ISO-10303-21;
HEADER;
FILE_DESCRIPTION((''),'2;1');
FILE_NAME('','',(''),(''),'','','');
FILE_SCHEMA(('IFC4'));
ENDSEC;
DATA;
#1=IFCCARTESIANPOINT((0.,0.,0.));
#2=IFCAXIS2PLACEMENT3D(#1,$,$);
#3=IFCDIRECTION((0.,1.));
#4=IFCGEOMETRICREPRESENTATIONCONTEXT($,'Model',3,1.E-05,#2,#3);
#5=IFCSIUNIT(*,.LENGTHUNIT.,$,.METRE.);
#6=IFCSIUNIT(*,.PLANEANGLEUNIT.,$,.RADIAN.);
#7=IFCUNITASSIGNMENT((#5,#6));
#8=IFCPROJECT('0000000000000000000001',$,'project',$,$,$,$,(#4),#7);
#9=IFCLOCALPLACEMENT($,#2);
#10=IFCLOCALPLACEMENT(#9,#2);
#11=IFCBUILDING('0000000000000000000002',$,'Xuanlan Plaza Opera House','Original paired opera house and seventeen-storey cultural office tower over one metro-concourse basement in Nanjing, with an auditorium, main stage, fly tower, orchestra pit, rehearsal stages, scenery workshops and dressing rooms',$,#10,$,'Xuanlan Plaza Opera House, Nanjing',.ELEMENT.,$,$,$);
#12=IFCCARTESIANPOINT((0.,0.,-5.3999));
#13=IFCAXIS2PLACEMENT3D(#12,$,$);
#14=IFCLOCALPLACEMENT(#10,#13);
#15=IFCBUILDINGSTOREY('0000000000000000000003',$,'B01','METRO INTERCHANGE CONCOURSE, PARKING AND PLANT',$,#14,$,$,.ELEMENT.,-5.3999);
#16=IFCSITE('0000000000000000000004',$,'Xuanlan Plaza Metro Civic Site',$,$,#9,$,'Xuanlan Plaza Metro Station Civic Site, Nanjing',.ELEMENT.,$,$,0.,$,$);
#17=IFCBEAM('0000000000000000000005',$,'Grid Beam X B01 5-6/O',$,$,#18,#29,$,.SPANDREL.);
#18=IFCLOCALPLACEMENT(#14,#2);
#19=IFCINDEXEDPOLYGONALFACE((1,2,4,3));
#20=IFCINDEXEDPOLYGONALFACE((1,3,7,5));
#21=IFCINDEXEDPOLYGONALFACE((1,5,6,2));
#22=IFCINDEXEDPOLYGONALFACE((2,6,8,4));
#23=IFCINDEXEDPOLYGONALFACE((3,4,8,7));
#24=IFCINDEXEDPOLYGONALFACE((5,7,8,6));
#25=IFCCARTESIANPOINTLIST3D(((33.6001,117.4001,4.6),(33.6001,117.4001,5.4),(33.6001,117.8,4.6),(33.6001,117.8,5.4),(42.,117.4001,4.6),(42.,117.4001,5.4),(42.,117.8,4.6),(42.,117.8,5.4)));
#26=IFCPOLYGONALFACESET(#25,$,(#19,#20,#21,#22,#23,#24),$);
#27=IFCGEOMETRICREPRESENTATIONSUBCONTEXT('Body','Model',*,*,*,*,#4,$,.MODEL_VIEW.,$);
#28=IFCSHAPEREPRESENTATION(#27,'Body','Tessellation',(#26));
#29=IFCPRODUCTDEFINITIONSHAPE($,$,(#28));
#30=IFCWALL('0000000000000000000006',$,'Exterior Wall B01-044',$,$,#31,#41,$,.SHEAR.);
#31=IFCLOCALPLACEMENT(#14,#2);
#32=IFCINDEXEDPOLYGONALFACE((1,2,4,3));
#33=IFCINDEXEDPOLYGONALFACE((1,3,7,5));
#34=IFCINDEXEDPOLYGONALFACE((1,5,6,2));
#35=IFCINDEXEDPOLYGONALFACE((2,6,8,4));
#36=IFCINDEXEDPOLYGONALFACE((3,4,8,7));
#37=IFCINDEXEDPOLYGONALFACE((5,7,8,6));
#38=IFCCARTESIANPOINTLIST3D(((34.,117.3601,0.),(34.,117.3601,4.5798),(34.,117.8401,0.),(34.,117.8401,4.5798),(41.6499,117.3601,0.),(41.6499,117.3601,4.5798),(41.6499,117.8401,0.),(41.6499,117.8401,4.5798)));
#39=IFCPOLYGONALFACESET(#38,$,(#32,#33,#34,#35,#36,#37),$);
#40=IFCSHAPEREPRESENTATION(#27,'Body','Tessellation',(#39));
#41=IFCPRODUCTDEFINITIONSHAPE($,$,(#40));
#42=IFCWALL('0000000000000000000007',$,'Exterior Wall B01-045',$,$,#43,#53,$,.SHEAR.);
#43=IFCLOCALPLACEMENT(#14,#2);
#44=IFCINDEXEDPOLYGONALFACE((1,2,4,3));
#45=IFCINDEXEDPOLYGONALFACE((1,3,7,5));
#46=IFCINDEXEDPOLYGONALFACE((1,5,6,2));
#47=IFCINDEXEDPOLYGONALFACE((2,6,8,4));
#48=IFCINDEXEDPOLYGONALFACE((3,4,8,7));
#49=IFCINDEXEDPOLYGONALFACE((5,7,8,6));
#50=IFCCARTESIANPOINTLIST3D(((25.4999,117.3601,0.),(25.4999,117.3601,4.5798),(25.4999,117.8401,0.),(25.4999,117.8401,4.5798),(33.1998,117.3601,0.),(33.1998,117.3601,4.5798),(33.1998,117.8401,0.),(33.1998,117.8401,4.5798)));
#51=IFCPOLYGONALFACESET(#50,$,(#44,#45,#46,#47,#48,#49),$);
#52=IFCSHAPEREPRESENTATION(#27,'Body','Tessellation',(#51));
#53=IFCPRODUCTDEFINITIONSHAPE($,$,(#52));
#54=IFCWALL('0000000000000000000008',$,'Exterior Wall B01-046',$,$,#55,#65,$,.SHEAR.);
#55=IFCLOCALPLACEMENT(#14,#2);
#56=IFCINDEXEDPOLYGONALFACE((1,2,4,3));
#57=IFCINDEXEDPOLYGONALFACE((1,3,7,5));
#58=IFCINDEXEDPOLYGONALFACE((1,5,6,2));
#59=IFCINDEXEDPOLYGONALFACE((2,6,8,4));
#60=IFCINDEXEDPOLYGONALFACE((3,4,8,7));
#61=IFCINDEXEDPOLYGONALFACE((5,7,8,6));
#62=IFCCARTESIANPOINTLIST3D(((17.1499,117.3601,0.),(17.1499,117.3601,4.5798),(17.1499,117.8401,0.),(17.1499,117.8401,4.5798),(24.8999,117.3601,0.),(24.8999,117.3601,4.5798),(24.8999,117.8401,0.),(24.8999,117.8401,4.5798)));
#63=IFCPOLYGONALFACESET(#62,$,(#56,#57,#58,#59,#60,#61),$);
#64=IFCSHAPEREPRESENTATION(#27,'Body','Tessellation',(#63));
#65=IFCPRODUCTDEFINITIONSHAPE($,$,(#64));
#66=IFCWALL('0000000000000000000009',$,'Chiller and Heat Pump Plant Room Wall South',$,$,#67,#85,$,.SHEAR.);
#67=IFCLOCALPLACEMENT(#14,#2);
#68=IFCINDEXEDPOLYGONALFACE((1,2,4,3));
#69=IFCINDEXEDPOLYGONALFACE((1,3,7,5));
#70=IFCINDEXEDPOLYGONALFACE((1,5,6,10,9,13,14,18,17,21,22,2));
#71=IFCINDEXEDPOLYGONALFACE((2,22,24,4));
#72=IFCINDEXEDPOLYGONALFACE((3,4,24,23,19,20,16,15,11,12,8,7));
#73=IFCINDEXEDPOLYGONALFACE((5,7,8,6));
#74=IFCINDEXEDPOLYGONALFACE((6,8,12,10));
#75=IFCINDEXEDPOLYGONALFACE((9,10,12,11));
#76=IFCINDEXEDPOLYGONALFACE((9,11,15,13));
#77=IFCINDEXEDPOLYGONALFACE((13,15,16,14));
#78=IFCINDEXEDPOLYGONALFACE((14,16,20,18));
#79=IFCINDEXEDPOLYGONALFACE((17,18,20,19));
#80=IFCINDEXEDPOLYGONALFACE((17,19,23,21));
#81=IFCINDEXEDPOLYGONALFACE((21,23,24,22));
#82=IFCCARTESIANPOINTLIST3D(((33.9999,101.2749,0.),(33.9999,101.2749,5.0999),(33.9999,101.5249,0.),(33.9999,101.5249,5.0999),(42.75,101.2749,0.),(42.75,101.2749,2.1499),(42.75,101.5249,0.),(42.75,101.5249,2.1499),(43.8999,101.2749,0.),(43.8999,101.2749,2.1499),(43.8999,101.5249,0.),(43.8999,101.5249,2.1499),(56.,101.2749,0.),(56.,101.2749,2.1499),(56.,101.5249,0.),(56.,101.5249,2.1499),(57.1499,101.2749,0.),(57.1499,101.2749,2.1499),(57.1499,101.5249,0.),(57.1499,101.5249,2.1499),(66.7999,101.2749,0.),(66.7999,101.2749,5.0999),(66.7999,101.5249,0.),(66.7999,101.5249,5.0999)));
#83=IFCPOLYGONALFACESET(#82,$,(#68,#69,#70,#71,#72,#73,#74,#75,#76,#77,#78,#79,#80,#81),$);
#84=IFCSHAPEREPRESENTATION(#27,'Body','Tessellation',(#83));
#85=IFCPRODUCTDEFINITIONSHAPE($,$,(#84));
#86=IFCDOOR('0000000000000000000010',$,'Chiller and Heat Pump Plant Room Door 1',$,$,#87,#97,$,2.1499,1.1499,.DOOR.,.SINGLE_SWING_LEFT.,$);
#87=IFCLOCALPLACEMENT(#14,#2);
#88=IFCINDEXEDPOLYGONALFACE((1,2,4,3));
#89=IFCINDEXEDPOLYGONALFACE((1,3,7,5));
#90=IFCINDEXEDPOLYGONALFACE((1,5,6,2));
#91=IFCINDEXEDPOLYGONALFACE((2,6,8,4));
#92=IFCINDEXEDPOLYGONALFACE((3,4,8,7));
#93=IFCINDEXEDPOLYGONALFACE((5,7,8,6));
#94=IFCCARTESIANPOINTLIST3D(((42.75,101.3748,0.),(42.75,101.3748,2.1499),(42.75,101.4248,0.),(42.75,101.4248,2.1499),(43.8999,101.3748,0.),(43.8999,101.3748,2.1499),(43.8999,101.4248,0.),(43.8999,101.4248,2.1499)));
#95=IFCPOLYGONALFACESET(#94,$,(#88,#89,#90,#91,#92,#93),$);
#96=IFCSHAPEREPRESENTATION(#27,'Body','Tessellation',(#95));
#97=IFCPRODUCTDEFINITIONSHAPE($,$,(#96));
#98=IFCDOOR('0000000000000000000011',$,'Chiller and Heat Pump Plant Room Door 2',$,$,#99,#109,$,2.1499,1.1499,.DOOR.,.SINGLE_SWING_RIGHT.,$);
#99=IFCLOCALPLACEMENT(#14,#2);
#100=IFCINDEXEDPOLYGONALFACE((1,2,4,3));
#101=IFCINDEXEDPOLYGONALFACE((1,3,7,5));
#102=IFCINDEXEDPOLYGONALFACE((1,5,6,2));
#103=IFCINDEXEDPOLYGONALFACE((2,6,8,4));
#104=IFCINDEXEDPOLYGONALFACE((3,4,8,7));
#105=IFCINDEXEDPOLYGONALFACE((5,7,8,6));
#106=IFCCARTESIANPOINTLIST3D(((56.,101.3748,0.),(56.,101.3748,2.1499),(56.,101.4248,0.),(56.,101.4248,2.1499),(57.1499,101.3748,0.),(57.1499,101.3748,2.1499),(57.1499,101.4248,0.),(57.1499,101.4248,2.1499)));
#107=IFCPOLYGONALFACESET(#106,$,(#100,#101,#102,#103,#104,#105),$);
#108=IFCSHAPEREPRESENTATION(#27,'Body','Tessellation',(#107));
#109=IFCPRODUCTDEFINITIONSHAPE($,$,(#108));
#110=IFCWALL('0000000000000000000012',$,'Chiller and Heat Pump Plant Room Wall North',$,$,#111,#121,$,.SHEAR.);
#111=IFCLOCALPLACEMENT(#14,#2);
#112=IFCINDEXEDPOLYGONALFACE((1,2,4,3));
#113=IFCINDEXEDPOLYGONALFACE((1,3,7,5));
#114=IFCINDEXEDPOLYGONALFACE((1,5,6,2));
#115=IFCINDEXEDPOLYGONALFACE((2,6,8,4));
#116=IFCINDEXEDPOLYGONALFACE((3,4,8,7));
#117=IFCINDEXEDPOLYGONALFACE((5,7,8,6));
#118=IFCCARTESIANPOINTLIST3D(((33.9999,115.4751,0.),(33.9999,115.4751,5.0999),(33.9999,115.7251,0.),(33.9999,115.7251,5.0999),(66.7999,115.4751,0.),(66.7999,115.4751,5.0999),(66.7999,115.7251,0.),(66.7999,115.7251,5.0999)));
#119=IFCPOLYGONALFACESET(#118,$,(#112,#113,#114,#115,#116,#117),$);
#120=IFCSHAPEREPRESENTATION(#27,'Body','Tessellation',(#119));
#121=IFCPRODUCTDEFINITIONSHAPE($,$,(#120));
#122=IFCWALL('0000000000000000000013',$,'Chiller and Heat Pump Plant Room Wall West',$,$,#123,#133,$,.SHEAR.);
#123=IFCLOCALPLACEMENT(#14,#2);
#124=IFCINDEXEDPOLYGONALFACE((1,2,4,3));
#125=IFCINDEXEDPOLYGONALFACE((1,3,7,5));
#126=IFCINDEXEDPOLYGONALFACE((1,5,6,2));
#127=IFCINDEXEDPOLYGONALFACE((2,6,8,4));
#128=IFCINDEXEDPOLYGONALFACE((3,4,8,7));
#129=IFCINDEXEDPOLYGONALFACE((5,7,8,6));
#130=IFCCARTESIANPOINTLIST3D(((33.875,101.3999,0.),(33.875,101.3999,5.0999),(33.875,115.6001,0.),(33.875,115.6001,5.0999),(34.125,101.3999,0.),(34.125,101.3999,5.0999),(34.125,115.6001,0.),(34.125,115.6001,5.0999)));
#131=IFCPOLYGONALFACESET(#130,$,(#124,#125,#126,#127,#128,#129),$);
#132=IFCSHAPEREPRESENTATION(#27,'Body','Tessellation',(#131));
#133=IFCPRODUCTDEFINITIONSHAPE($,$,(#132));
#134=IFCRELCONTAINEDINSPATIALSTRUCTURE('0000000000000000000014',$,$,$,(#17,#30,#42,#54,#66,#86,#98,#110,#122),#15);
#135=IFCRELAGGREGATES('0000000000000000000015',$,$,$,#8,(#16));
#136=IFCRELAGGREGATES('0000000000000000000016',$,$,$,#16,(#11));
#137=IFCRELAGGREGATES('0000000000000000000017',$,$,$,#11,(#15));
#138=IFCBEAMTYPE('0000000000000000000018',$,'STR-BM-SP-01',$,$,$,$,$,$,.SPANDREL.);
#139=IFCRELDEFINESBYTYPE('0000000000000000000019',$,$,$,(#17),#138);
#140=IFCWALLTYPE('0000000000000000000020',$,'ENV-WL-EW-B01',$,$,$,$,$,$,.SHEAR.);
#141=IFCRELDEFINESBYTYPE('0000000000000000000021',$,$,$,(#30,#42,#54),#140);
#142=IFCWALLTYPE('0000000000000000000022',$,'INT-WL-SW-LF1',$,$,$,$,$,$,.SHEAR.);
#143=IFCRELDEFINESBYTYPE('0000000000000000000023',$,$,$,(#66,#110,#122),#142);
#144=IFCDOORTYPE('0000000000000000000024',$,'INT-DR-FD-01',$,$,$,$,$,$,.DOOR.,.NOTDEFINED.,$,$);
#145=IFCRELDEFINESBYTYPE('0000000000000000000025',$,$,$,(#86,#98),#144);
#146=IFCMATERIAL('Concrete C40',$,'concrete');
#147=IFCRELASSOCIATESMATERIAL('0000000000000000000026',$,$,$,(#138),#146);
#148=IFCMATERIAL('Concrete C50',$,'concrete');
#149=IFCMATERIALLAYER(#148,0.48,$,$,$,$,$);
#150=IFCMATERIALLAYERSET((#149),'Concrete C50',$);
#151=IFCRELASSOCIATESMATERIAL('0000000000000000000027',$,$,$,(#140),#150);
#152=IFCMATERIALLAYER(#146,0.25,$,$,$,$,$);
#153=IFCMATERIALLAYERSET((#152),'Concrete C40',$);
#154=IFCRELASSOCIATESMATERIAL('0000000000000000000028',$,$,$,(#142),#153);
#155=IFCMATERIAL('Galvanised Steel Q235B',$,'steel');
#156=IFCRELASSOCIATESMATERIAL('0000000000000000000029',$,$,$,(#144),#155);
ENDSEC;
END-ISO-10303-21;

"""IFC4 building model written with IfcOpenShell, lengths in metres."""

from ifc_helpers import new_model, si_unit, direction, frame, frame_2d, origin, origin_2d, place, context, subcontext, project, spatial, rectangle, extrude, material, layer, layer_set, material_profile, profile_set, type_object, element, fill, save


model = new_model("IFC4")

# Units and contexts
model_context = context("Model", 3, precision=1e-05, world=origin(), true_north=direction((0.0, 1.0)))
body_context = subcontext(model_context, "Body", "Model", "MODEL_VIEW")
ifc_project = project(units=[si_unit("LENGTHUNIT", "METRE"), si_unit("PLANEANGLEUNIT", "RADIAN")], contexts=[model_context])

# Site, building, storey
site_placement = place(None, origin())
site = spatial("IfcSite", under=ifc_project, at=site_placement, Name="Xuanlan Plaza Metro Civic Site", LongName="Xuanlan Plaza Metro Station Civic Site, Nanjing", CompositionType="ELEMENT", RefElevation=0.0)
building_placement = place(site_placement, origin())
building = spatial("IfcBuilding", under=site, at=building_placement, Name="Xuanlan Plaza Opera House", Description="Original paired opera house and seventeen-storey cultural office tower over one metro-concourse basement in Nanjing, with an auditorium, main stage, fly tower, orchestra pit, rehearsal stages, scenery workshops and dressing rooms", LongName="Xuanlan Plaza Opera House, Nanjing", CompositionType="ELEMENT")
storey_placement = place(building_placement, frame((0.0, 0.0, -5.3999)))
storey = spatial("IfcBuildingStorey", under=building, at=storey_placement, Name="B01", Description="METRO INTERCHANGE CONCOURSE, PARKING AND PLANT", CompositionType="ELEMENT", Elevation=-5.3999)

# Shared definitions
ifc_material_1 = material(Name="Concrete C50", Category="concrete")
ifc_material_2 = material(Name="Concrete C40", Category="concrete")

# Beam
ifc_material_profile_1 = material_profile(ifc_material_2, rectangle(XDim=0.3999, YDim=0.8, at=origin_2d()), Name="RC-SPD 400x800")
ifc_profile_set_1 = profile_set([ifc_material_profile_1], Name="Concrete C40")
beam_type_1 = type_object("IfcBeamType", Name="STR-BM-SP-01", PredefinedType="SPANDREL", material=ifc_profile_set_1)
beam_1_placement = place(storey_placement, frame((33.6001, 117.6001, 5.0), z_axis=(1.0, 0.0, 0.0), x_axis=(0.0, 1.0, 0.0)))
element("IfcBeam", 1, at=beam_1_placement, inside=storey, type_object=beam_type_1, Name="Grid Beam X B01 5-6/O", PredefinedType="SPANDREL", context=body_context, shape_type="SweptSolid", body=[
    extrude(rectangle(XDim=0.3999, YDim=0.8, at=origin_2d()), origin(), (0.0, 0.0, 1.0), 8.3999),
])

# Walls
ifc_layer_1 = layer(ifc_material_1, 0.48)
ifc_layer_set_1 = layer_set([ifc_layer_1], Name="Concrete C50")
wall_type_1 = type_object("IfcWallType", Name="ENV-WL-EW-B01", PredefinedType="SHEAR", material=ifc_layer_set_1)
wall_1_placement = place(storey_placement, frame((41.6499, 117.6001, 0.0), z_axis=(0.0, 0.0, 1.0), x_axis=(-1.0, 0.0, 0.0)))
element("IfcWall", 2, at=wall_1_placement, inside=storey, type_object=wall_type_1, Name="Exterior Wall B01-044", PredefinedType="SHEAR", context=body_context, shape_type="SweptSolid", body=[
    extrude(rectangle(XDim=7.6499, YDim=0.48, at=frame_2d((3.825, 0.0))), origin(), (0.0, 0.0, 1.0), 4.5798),
])
wall_2_placement = place(storey_placement, frame((33.2, 117.6001, 0.0), z_axis=(0.0, 0.0, 1.0), x_axis=(-1.0, 0.0, 0.0)))
element("IfcWall", 3, at=wall_2_placement, inside=storey, type_object=wall_type_1, Name="Exterior Wall B01-045", PredefinedType="SHEAR", context=body_context, shape_type="SweptSolid", body=[
    extrude(rectangle(XDim=7.7, YDim=0.48, at=frame_2d((3.8501, 0.0))), origin(), (0.0, 0.0, 1.0), 4.5798),
])
wall_3_placement = place(storey_placement, frame((24.8999, 117.6001, 0.0), z_axis=(0.0, 0.0, 1.0), x_axis=(-1.0, 0.0, 0.0)))
element("IfcWall", 4, at=wall_3_placement, inside=storey, type_object=wall_type_1, Name="Exterior Wall B01-046", PredefinedType="SHEAR", context=body_context, shape_type="SweptSolid", body=[
    extrude(rectangle(XDim=7.75, YDim=0.48, at=frame_2d((3.875, 0.0))), origin(), (0.0, 0.0, 1.0), 4.5798),
])

# Wall, openings, doors
ifc_layer_2 = layer(ifc_material_2, 0.25)
ifc_layer_set_2 = layer_set([ifc_layer_2], Name="Concrete C40")
wall_type_2 = type_object("IfcWallType", Name="INT-WL-SW-LF1", PredefinedType="SHEAR", material=ifc_layer_set_2)
wall_4_placement = place(storey_placement, frame((34.0, 101.3999, 0.0), z_axis=(0.0, 0.0, 1.0), x_axis=(1.0, 0.0, 0.0)))
wall_4 = element("IfcWall", 5, at=wall_4_placement, inside=storey, type_object=wall_type_2, Name="Chiller and Heat Pump Plant Room Wall South", PredefinedType="SHEAR", context=body_context, shape_type="SweptSolid", body=[
    extrude(rectangle(XDim=32.8, YDim=0.25, at=frame_2d((16.3999, 0.0))), origin(), (0.0, 0.0, 1.0), 5.0999),
])
opening_1_placement = place(wall_4_placement, frame((8.75, 0.0, 0.0)))
opening_1 = element("IfcOpeningElement", 6, at=opening_1_placement, cuts=wall_4, PredefinedType="OPENING", context=body_context, shape_type="SweptSolid", body=[
    extrude(rectangle(XDim=1.1499, YDim=2.1499, at=frame_2d((0.575, 1.075))), frame((0.0, 0.135, 0.0), z_axis=(0.0, -1.0, 0.0), x_axis=(1.0, 0.0, 0.0)), (0.0, 0.0, 1.0), 0.27),
])
opening_2_placement = place(wall_4_placement, frame((22.0, 0.0, 0.0)))
opening_2 = element("IfcOpeningElement", 7, at=opening_2_placement, cuts=wall_4, PredefinedType="OPENING", context=body_context, shape_type="SweptSolid", body=[
    extrude(rectangle(XDim=1.1499, YDim=2.1499, at=frame_2d((0.575, 1.075))), frame((0.0, 0.135, 0.0), z_axis=(0.0, -1.0, 0.0), x_axis=(1.0, 0.0, 0.0)), (0.0, 0.0, 1.0), 0.27),
])
ifc_material_3 = material(Name="Galvanised Steel Q235B", Category="steel")
door_type = type_object("IfcDoorType", Name="INT-DR-FD-01", OperationType="NOTDEFINED", PredefinedType="DOOR", material=ifc_material_3)
door_1_placement = place(opening_1_placement, origin())
door_1 = element("IfcDoor", 8, at=door_1_placement, inside=storey, type_object=door_type, Name="Chiller and Heat Pump Plant Room Door 1", OperationType="SINGLE_SWING_LEFT", OverallHeight=2.1499, OverallWidth=1.1499, PredefinedType="DOOR", context=body_context, shape_type="SweptSolid", body=[
    extrude(rectangle(XDim=1.1499, YDim=2.1499, at=frame_2d((0.575, 1.075))), frame((0.0, 0.0249, 0.0), z_axis=(0.0, -1.0, 0.0), x_axis=(1.0, 0.0, 0.0)), (0.0, 0.0, 1.0), 0.05),
])
fill(opening_1, door_1)
door_2_placement = place(opening_2_placement, origin())
door_2 = element("IfcDoor", 9, at=door_2_placement, inside=storey, type_object=door_type, Name="Chiller and Heat Pump Plant Room Door 2", OperationType="SINGLE_SWING_RIGHT", OverallHeight=2.1499, OverallWidth=1.1499, PredefinedType="DOOR", context=body_context, shape_type="SweptSolid", body=[
    extrude(rectangle(XDim=1.1499, YDim=2.1499, at=frame_2d((0.575, 1.075))), frame((0.0, 0.0249, 0.0), z_axis=(0.0, -1.0, 0.0), x_axis=(1.0, 0.0, 0.0)), (0.0, 0.0, 1.0), 0.05),
])
fill(opening_2, door_2)

# Walls
wall_5_placement = place(storey_placement, frame((34.0, 115.6001, 0.0), z_axis=(0.0, 0.0, 1.0), x_axis=(1.0, 0.0, 0.0)))
element("IfcWall", 10, at=wall_5_placement, inside=storey, type_object=wall_type_2, Name="Chiller and Heat Pump Plant Room Wall North", PredefinedType="SHEAR", context=body_context, shape_type="SweptSolid", body=[
    extrude(rectangle(XDim=32.8, YDim=0.25, at=frame_2d((16.3999, 0.0))), origin(), (0.0, 0.0, 1.0), 5.0999),
])
wall_6_placement = place(storey_placement, frame((34.0, 101.3999, 0.0), z_axis=(0.0, 0.0, 1.0), x_axis=(0.0, 1.0, 0.0)))
element("IfcWall", 11, at=wall_6_placement, inside=storey, type_object=wall_type_2, Name="Chiller and Heat Pump Plant Room Wall West", PredefinedType="SHEAR", context=body_context, shape_type="SweptSolid", body=[
    extrude(rectangle(XDim=14.2002, YDim=0.25, at=frame_2d((7.1001, 0.0))), origin(), (0.0, 0.0, 1.0), 5.0999),
])

save(model, "model.ifc")
